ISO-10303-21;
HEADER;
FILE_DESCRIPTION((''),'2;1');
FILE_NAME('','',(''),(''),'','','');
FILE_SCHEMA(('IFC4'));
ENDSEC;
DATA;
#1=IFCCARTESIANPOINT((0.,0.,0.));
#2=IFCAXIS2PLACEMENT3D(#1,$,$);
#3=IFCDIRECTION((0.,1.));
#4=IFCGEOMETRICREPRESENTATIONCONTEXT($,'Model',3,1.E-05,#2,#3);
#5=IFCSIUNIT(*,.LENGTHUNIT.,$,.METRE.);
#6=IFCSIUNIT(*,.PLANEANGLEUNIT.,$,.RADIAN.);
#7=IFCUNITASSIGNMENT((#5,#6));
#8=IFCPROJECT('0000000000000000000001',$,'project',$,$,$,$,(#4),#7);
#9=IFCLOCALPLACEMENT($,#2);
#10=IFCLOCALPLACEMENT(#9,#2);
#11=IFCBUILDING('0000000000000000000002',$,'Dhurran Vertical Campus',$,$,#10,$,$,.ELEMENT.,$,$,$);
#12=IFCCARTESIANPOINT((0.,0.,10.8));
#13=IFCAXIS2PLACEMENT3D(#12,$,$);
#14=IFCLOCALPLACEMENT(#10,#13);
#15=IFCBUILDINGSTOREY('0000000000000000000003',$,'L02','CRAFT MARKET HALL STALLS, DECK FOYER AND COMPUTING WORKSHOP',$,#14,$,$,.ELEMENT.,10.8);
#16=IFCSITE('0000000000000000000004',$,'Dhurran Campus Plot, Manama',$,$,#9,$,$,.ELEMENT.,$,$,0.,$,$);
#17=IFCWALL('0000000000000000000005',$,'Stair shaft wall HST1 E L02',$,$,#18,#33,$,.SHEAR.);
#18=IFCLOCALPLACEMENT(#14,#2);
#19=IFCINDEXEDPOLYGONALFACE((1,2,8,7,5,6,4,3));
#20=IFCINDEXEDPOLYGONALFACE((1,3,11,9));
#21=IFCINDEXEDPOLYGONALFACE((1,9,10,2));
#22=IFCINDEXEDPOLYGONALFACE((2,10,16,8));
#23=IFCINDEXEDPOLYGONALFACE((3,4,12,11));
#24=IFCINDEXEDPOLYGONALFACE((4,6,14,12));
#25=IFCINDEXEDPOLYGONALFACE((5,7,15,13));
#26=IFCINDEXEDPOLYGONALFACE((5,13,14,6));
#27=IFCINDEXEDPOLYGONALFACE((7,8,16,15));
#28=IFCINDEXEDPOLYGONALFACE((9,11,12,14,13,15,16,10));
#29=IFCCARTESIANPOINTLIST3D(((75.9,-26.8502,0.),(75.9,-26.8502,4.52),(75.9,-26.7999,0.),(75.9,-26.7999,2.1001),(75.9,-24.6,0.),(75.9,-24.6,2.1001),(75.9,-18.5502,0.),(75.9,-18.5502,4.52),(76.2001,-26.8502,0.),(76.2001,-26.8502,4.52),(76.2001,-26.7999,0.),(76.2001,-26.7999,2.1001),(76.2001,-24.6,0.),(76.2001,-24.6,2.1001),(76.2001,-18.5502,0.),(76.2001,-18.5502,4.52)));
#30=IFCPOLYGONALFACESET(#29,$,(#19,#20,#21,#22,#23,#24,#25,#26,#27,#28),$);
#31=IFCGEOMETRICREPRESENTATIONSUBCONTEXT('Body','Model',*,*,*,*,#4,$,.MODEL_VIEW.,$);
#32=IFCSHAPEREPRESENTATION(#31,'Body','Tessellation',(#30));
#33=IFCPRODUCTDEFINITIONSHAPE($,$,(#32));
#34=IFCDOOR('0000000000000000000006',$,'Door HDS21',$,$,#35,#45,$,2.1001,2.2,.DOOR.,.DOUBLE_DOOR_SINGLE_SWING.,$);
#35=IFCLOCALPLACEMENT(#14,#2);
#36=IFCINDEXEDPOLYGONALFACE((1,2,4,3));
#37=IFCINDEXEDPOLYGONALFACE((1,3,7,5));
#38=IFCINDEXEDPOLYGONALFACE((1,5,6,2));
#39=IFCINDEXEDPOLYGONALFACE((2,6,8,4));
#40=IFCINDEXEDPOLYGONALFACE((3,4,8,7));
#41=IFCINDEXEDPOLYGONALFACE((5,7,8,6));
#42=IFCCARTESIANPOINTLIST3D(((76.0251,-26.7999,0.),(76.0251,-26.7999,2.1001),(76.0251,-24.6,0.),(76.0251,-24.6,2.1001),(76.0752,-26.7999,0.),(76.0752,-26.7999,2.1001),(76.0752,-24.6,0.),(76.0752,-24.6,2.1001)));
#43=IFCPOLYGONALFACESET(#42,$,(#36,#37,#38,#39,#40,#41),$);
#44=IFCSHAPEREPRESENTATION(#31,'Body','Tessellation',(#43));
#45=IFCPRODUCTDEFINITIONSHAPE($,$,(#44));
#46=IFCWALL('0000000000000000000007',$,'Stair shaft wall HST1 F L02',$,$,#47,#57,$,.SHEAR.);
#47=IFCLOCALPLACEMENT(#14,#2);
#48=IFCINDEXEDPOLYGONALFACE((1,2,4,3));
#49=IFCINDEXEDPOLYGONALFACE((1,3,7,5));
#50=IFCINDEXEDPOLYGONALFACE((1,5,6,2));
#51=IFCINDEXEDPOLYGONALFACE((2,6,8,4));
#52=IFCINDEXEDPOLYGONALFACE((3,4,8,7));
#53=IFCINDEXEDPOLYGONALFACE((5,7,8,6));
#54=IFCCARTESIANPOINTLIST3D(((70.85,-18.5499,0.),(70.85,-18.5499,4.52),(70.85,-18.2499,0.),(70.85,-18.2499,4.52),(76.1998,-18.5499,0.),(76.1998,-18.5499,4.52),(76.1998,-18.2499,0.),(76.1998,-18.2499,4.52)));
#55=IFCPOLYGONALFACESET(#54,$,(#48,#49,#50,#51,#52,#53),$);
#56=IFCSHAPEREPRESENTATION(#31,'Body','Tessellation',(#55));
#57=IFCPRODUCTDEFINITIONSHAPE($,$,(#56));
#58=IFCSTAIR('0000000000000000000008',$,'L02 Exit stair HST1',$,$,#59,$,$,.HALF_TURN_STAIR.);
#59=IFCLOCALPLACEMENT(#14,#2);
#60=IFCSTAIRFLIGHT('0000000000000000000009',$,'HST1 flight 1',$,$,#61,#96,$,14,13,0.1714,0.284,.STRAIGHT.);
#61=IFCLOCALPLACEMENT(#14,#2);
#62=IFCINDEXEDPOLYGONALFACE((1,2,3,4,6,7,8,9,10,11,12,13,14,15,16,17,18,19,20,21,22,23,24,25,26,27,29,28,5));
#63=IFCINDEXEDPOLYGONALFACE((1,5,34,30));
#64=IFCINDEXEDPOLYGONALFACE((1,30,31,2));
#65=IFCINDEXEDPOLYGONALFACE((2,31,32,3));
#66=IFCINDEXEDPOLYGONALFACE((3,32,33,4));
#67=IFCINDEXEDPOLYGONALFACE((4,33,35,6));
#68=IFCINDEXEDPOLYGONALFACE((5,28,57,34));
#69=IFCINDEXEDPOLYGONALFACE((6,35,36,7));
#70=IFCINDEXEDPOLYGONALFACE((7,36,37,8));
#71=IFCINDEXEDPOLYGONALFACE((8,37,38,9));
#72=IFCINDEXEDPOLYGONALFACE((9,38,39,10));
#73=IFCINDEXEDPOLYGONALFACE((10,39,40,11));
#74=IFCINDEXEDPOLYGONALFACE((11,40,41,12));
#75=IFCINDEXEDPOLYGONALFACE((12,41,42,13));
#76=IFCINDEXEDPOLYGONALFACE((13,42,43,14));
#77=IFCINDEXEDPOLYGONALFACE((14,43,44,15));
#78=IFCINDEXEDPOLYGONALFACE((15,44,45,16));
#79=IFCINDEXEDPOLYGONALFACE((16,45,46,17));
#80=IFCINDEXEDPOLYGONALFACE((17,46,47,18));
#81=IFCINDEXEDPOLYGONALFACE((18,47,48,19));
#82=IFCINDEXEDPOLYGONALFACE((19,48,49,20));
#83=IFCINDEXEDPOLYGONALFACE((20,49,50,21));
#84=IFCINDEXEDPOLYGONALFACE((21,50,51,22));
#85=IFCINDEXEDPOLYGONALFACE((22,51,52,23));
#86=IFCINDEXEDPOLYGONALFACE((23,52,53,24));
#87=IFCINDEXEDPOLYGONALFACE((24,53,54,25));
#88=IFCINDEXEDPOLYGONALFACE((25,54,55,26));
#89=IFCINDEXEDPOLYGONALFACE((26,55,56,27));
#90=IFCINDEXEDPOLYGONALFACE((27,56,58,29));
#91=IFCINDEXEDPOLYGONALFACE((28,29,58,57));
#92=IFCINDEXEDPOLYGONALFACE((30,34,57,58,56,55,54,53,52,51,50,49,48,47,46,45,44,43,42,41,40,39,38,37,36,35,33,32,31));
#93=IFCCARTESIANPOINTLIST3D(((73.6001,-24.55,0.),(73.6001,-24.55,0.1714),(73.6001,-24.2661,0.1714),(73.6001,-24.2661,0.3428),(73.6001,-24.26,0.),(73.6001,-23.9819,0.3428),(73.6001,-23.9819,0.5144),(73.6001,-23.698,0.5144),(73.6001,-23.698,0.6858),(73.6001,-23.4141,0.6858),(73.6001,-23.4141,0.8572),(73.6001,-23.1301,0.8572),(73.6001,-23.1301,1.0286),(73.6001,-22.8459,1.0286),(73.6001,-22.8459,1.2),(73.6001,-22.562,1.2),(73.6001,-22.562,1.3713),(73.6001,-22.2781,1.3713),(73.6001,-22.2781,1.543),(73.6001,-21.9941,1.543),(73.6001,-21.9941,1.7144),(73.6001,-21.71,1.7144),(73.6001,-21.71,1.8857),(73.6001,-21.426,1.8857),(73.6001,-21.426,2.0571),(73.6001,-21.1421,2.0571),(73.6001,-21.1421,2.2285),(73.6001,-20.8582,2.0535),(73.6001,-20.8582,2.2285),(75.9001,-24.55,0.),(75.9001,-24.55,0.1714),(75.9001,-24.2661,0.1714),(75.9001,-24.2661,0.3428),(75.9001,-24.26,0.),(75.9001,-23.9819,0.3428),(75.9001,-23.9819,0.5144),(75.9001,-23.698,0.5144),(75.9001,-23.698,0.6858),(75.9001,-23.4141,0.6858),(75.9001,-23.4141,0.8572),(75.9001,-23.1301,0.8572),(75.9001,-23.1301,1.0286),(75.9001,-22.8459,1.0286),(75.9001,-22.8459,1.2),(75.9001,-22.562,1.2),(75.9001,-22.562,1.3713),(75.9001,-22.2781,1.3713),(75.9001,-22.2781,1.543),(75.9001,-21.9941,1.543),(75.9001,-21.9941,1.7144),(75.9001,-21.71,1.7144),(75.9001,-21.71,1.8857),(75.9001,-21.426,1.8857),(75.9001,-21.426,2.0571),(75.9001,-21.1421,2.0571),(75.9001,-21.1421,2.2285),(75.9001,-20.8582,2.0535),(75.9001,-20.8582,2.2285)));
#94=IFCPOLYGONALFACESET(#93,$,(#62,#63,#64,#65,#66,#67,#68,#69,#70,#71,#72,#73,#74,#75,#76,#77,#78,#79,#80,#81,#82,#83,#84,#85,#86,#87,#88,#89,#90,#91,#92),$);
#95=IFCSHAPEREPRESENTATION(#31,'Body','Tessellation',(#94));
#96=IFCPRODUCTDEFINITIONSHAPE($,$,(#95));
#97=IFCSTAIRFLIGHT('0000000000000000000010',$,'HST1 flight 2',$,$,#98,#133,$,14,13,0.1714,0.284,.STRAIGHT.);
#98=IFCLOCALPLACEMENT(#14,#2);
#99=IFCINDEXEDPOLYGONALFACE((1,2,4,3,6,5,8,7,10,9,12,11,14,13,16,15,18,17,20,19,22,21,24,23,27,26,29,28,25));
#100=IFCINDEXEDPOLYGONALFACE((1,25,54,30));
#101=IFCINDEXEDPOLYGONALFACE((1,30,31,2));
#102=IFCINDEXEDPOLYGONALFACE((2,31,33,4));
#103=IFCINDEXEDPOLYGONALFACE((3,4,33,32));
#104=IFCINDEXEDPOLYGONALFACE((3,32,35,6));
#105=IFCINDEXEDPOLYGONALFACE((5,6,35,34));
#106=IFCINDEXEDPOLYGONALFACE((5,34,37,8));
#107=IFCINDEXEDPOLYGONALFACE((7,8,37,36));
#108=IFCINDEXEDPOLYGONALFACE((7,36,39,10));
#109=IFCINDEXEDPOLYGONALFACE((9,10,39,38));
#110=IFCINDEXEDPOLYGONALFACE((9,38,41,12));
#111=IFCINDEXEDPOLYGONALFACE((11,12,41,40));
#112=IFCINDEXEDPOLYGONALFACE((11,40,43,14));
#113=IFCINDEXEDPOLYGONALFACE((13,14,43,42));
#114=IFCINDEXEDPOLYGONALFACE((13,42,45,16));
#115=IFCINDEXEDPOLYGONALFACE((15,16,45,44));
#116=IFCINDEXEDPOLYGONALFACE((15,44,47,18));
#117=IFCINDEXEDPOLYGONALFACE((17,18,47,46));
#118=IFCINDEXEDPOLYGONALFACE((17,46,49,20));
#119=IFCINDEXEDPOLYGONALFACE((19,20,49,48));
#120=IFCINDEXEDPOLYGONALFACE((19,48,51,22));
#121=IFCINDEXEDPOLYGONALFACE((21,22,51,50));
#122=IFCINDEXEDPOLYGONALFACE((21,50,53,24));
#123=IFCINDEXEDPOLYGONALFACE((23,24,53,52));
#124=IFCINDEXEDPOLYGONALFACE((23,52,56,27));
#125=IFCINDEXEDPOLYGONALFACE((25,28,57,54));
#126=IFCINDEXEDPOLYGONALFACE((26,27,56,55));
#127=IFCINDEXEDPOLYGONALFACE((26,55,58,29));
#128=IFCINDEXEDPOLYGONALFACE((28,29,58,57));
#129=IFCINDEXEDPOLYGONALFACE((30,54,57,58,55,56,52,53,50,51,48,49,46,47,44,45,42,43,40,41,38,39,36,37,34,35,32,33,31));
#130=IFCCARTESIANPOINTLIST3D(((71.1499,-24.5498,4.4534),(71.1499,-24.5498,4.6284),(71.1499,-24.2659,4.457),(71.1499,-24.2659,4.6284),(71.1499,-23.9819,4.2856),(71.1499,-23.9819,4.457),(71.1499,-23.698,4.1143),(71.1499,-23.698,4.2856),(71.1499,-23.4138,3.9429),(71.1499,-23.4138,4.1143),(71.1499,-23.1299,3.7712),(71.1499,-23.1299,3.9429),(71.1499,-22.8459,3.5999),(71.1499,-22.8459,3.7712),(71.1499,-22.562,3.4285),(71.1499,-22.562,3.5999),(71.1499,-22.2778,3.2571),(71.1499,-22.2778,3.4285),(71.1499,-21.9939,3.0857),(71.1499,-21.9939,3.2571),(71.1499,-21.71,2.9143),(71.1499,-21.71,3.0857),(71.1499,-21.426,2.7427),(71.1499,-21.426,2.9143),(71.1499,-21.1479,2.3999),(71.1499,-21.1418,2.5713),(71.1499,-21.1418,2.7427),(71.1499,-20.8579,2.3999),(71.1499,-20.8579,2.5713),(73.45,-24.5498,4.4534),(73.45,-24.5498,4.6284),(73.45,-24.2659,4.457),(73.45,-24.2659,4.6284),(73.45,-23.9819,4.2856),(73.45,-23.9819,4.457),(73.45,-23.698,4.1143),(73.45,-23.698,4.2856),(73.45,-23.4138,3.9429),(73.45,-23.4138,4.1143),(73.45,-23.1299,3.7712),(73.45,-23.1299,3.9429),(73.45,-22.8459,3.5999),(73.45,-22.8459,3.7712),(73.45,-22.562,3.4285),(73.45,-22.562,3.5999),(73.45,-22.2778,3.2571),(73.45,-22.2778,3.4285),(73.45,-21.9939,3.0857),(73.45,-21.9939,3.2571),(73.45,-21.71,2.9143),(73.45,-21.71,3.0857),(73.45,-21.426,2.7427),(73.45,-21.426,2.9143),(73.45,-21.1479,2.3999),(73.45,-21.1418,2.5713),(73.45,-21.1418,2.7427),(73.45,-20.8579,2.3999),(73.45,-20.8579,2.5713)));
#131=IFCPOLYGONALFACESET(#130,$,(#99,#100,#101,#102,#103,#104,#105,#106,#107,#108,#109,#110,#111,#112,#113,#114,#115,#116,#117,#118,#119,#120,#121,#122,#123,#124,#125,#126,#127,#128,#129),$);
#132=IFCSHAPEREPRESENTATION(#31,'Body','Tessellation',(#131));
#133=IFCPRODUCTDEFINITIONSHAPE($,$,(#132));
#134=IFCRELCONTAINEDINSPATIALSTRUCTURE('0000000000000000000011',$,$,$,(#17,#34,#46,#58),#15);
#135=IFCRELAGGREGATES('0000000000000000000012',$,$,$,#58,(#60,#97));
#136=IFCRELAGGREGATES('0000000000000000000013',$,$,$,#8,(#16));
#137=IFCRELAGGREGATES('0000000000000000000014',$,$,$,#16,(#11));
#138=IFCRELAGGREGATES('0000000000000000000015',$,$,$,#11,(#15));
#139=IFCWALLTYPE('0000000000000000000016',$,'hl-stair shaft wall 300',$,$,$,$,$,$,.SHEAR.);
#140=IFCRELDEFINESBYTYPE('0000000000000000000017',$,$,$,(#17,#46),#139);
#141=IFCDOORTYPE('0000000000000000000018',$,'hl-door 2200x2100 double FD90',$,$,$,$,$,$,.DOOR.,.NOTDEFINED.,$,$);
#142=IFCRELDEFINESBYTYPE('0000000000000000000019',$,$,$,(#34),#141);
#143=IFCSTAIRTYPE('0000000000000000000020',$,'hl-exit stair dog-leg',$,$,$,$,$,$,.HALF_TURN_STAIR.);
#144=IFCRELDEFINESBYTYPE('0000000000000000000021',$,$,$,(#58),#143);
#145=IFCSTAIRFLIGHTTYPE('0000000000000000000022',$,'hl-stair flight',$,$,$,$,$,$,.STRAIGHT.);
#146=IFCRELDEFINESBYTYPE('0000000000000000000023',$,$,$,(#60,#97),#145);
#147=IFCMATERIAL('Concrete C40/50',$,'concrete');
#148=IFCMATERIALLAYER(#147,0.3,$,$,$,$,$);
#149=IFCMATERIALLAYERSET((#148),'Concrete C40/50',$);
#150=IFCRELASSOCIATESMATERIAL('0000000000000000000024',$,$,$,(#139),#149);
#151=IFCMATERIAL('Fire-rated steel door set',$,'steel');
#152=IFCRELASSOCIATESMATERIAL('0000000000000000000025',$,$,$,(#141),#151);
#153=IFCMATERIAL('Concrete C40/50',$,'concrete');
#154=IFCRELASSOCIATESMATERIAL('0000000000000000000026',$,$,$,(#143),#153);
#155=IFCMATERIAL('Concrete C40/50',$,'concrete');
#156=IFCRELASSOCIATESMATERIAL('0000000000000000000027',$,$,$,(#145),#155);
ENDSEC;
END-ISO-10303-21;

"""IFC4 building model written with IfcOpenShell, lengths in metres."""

from ifc_helpers import new_model, si_unit, direction, frame, frame_2d, origin, place, context, subcontext, project, spatial, polyline, rectangle, outline, extrude, material, layer, layer_set, type_object, element, fill, aggregate, save


model = new_model("IFC4")

# Units and contexts
model_context = context("Model", 3, precision=1e-05, world=origin(), true_north=direction((0.0, 1.0)))
body_context = subcontext(model_context, "Body", "Model", "MODEL_VIEW")
ifc_project = project(units=[si_unit("LENGTHUNIT", "METRE"), si_unit("PLANEANGLEUNIT", "RADIAN")], contexts=[model_context])

# Site, building, storey
site_placement = place(None, origin())
site = spatial("IfcSite", under=ifc_project, at=site_placement, Name="Dhurran Campus Plot, Manama", CompositionType="ELEMENT", RefElevation=0.0)
building_placement = place(site_placement, origin())
building = spatial("IfcBuilding", under=site, at=building_placement, Name="Dhurran Vertical Campus", CompositionType="ELEMENT")
storey_placement = place(building_placement, frame((0.0, 0.0, 10.8)))
storey = spatial("IfcBuildingStorey", under=building, at=storey_placement, Name="L02", Description="CRAFT MARKET HALL STALLS, DECK FOYER AND COMPUTING WORKSHOP", CompositionType="ELEMENT", Elevation=10.8)

# Shared definitions
ifc_material_1 = material(Name="Concrete C40/50", Category="concrete")
ifc_layer_1 = layer(ifc_material_1, 0.3)
ifc_layer_set_1 = layer_set([ifc_layer_1], Name="Concrete C40/50")
wall_type_1 = type_object("IfcWallType", Name="hl-stair shaft wall 300", PredefinedType="SHEAR", material=ifc_layer_set_1)

# Wall, opening, door
wall_1_placement = place(storey_placement, frame((76.05, -26.8501, 0.0), z_axis=(0.0, 0.0, 1.0), x_axis=(0.0, 1.0, 0.0)))
wall_1 = element("IfcWall", 1, at=wall_1_placement, inside=storey, type_object=wall_type_1, Name="Stair shaft wall HST1 E L02", PredefinedType="SHEAR", context=body_context, shape_type="SweptSolid", body=[
    extrude(rectangle(XDim=8.3, YDim=0.3, at=frame_2d((4.1499, 0.0))), origin(), (0.0, 0.0, 1.0), 4.52),
])
opening_1_placement = place(wall_1_placement, frame((0.05, 0.0, 0.0)))
opening_1 = element("IfcOpeningElement", 2, at=opening_1_placement, cuts=wall_1, PredefinedType="OPENING", context=body_context, shape_type="SweptSolid", body=[
    extrude(rectangle(XDim=2.2, YDim=2.1001, at=frame_2d((1.1001, 1.05))), frame((0.0, 0.1599, 0.0), z_axis=(0.0, -1.0, 0.0), x_axis=(1.0, 0.0, 0.0)), (0.0, 0.0, 1.0), 0.3201),
])
ifc_material_2 = material(Name="Fire-rated steel door set", Category="steel")
door_type = type_object("IfcDoorType", Name="hl-door 2200x2100 double FD90", OperationType="NOTDEFINED", PredefinedType="DOOR", material=ifc_material_2)
door_placement = place(opening_1_placement, origin())
door = element("IfcDoor", 3, at=door_placement, inside=storey, type_object=door_type, Name="Door HDS21", OperationType="DOUBLE_DOOR_SINGLE_SWING", OverallHeight=2.1001, OverallWidth=2.2, PredefinedType="DOOR", context=body_context, shape_type="SweptSolid", body=[
    extrude(rectangle(XDim=2.2, YDim=2.1001, at=frame_2d((1.1001, 1.05))), frame((0.0, 0.0249, 0.0), z_axis=(0.0, -1.0, 0.0), x_axis=(1.0, 0.0, 0.0)), (0.0, 0.0, 1.0), 0.05),
])
fill(opening_1, door)

# Wall
wall_2_placement = place(storey_placement, frame((70.8501, -18.3999, 0.0), z_axis=(0.0, 0.0, 1.0), x_axis=(1.0, 0.0, 0.0)))
element("IfcWall", 4, at=wall_2_placement, inside=storey, type_object=wall_type_1, Name="Stair shaft wall HST1 F L02", PredefinedType="SHEAR", context=body_context, shape_type="SweptSolid", body=[
    extrude(rectangle(XDim=5.3499, YDim=0.3, at=frame_2d((2.6748, 0.0))), origin(), (0.0, 0.0, 1.0), 4.52),
])

# Stair, stair flights
ifc_material_3 = material(Name="Concrete C40/50", Category="concrete")
stair_type = type_object("IfcStairType", Name="hl-exit stair dog-leg", PredefinedType="HALF_TURN_STAIR", material=ifc_material_3)
stair_placement = place(storey_placement, origin())
stair = element("IfcStair", 5, at=stair_placement, inside=storey, type_object=stair_type, Name="L02 Exit stair HST1", PredefinedType="HALF_TURN_STAIR")
ifc_material_4 = material(Name="Concrete C40/50", Category="concrete")
stair_flight_type = type_object("IfcStairFlightType", Name="hl-stair flight", PredefinedType="STRAIGHT", material=ifc_material_4)
stair_flight_1_placement = place(storey_placement, frame((74.75, -24.55, 0.0), z_axis=(0.0, 0.0, 1.0), x_axis=(0.0, 1.0, 0.0)))
stair_flight_1 = element("IfcStairFlight", 6, at=stair_flight_1_placement, type_object=stair_flight_type, Name="HST1 flight 1", NumberOfRisers=14, NumberOfTreads=13, PredefinedType="STRAIGHT", RiserHeight=0.1714, TreadLength=0.284, context=body_context, shape_type="SweptSolid", body=[
    extrude(outline(polyline([(0.0, 0.0), (0.0, 0.1714), (0.2839, 0.1714), (0.2839, 0.3428), (0.5681, 0.3428), (0.5681, 0.5144), (0.8521, 0.5144), (0.8521, 0.6858), (1.136, 0.6858), (1.136, 0.8572), (1.4199, 0.8572), (1.4199, 1.0286), (1.7041, 1.0286), (1.7041, 1.2), (1.988, 1.2), (1.988, 1.3713), (2.272, 1.3713), (2.272, 1.543), (2.5559, 1.543), (2.5559, 1.7144), (2.8401, 1.7144), (2.8401, 1.8857), (3.124, 1.8857), (3.124, 2.0571), (3.408, 2.0571), (3.408, 2.2285), (3.6919, 2.2285), (3.6919, 2.3999), (3.6919, 2.0535), (0.29, 0.0), (0.0, 0.0)])), frame((0.0, 1.1499, 0.0), z_axis=(0.0, -1.0, 0.0), x_axis=(1.0, 0.0, 0.0)), (0.0, 0.0, 1.0), 2.3),
])
stair_flight_2_placement = place(storey_placement, frame((72.3, -20.8579, 2.3999), z_axis=(0.0, 0.0, 1.0), x_axis=(0.0, -1.0, 0.0)))
stair_flight_2 = element("IfcStairFlight", 7, at=stair_flight_2_placement, type_object=stair_flight_type, Name="HST1 flight 2", NumberOfRisers=14, NumberOfTreads=13, PredefinedType="STRAIGHT", RiserHeight=0.1714, TreadLength=0.284, context=body_context, shape_type="SweptSolid", body=[
    extrude(outline(polyline([(0.0, 0.0), (0.0, 0.1714), (0.2839, 0.1714), (0.2839, 0.3428), (0.5681, 0.3428), (0.5681, 0.5144), (0.8521, 0.5144), (0.8521, 0.6858), (1.136, 0.6858), (1.136, 0.8572), (1.4199, 0.8572), (1.4199, 1.0286), (1.7041, 1.0286), (1.7041, 1.2), (1.988, 1.2), (1.988, 1.3713), (2.272, 1.3713), (2.272, 1.543), (2.5559, 1.543), (2.5559, 1.7144), (2.8401, 1.7144), (2.8401, 1.8857), (3.124, 1.8857), (3.124, 2.0571), (3.408, 2.0571), (3.408, 2.2285), (3.6919, 2.2285), (3.6919, 2.3999), (3.6919, 2.0535), (0.29, 0.0), (0.0, 0.0)])), frame((0.0, 1.1499, 0.0), z_axis=(0.0, -1.0, 0.0), x_axis=(1.0, 0.0, 0.0)), (0.0, 0.0, 1.0), 2.3),
])
aggregate(stair, [stair_flight_1, stair_flight_2])

save(model, "model.ifc")
